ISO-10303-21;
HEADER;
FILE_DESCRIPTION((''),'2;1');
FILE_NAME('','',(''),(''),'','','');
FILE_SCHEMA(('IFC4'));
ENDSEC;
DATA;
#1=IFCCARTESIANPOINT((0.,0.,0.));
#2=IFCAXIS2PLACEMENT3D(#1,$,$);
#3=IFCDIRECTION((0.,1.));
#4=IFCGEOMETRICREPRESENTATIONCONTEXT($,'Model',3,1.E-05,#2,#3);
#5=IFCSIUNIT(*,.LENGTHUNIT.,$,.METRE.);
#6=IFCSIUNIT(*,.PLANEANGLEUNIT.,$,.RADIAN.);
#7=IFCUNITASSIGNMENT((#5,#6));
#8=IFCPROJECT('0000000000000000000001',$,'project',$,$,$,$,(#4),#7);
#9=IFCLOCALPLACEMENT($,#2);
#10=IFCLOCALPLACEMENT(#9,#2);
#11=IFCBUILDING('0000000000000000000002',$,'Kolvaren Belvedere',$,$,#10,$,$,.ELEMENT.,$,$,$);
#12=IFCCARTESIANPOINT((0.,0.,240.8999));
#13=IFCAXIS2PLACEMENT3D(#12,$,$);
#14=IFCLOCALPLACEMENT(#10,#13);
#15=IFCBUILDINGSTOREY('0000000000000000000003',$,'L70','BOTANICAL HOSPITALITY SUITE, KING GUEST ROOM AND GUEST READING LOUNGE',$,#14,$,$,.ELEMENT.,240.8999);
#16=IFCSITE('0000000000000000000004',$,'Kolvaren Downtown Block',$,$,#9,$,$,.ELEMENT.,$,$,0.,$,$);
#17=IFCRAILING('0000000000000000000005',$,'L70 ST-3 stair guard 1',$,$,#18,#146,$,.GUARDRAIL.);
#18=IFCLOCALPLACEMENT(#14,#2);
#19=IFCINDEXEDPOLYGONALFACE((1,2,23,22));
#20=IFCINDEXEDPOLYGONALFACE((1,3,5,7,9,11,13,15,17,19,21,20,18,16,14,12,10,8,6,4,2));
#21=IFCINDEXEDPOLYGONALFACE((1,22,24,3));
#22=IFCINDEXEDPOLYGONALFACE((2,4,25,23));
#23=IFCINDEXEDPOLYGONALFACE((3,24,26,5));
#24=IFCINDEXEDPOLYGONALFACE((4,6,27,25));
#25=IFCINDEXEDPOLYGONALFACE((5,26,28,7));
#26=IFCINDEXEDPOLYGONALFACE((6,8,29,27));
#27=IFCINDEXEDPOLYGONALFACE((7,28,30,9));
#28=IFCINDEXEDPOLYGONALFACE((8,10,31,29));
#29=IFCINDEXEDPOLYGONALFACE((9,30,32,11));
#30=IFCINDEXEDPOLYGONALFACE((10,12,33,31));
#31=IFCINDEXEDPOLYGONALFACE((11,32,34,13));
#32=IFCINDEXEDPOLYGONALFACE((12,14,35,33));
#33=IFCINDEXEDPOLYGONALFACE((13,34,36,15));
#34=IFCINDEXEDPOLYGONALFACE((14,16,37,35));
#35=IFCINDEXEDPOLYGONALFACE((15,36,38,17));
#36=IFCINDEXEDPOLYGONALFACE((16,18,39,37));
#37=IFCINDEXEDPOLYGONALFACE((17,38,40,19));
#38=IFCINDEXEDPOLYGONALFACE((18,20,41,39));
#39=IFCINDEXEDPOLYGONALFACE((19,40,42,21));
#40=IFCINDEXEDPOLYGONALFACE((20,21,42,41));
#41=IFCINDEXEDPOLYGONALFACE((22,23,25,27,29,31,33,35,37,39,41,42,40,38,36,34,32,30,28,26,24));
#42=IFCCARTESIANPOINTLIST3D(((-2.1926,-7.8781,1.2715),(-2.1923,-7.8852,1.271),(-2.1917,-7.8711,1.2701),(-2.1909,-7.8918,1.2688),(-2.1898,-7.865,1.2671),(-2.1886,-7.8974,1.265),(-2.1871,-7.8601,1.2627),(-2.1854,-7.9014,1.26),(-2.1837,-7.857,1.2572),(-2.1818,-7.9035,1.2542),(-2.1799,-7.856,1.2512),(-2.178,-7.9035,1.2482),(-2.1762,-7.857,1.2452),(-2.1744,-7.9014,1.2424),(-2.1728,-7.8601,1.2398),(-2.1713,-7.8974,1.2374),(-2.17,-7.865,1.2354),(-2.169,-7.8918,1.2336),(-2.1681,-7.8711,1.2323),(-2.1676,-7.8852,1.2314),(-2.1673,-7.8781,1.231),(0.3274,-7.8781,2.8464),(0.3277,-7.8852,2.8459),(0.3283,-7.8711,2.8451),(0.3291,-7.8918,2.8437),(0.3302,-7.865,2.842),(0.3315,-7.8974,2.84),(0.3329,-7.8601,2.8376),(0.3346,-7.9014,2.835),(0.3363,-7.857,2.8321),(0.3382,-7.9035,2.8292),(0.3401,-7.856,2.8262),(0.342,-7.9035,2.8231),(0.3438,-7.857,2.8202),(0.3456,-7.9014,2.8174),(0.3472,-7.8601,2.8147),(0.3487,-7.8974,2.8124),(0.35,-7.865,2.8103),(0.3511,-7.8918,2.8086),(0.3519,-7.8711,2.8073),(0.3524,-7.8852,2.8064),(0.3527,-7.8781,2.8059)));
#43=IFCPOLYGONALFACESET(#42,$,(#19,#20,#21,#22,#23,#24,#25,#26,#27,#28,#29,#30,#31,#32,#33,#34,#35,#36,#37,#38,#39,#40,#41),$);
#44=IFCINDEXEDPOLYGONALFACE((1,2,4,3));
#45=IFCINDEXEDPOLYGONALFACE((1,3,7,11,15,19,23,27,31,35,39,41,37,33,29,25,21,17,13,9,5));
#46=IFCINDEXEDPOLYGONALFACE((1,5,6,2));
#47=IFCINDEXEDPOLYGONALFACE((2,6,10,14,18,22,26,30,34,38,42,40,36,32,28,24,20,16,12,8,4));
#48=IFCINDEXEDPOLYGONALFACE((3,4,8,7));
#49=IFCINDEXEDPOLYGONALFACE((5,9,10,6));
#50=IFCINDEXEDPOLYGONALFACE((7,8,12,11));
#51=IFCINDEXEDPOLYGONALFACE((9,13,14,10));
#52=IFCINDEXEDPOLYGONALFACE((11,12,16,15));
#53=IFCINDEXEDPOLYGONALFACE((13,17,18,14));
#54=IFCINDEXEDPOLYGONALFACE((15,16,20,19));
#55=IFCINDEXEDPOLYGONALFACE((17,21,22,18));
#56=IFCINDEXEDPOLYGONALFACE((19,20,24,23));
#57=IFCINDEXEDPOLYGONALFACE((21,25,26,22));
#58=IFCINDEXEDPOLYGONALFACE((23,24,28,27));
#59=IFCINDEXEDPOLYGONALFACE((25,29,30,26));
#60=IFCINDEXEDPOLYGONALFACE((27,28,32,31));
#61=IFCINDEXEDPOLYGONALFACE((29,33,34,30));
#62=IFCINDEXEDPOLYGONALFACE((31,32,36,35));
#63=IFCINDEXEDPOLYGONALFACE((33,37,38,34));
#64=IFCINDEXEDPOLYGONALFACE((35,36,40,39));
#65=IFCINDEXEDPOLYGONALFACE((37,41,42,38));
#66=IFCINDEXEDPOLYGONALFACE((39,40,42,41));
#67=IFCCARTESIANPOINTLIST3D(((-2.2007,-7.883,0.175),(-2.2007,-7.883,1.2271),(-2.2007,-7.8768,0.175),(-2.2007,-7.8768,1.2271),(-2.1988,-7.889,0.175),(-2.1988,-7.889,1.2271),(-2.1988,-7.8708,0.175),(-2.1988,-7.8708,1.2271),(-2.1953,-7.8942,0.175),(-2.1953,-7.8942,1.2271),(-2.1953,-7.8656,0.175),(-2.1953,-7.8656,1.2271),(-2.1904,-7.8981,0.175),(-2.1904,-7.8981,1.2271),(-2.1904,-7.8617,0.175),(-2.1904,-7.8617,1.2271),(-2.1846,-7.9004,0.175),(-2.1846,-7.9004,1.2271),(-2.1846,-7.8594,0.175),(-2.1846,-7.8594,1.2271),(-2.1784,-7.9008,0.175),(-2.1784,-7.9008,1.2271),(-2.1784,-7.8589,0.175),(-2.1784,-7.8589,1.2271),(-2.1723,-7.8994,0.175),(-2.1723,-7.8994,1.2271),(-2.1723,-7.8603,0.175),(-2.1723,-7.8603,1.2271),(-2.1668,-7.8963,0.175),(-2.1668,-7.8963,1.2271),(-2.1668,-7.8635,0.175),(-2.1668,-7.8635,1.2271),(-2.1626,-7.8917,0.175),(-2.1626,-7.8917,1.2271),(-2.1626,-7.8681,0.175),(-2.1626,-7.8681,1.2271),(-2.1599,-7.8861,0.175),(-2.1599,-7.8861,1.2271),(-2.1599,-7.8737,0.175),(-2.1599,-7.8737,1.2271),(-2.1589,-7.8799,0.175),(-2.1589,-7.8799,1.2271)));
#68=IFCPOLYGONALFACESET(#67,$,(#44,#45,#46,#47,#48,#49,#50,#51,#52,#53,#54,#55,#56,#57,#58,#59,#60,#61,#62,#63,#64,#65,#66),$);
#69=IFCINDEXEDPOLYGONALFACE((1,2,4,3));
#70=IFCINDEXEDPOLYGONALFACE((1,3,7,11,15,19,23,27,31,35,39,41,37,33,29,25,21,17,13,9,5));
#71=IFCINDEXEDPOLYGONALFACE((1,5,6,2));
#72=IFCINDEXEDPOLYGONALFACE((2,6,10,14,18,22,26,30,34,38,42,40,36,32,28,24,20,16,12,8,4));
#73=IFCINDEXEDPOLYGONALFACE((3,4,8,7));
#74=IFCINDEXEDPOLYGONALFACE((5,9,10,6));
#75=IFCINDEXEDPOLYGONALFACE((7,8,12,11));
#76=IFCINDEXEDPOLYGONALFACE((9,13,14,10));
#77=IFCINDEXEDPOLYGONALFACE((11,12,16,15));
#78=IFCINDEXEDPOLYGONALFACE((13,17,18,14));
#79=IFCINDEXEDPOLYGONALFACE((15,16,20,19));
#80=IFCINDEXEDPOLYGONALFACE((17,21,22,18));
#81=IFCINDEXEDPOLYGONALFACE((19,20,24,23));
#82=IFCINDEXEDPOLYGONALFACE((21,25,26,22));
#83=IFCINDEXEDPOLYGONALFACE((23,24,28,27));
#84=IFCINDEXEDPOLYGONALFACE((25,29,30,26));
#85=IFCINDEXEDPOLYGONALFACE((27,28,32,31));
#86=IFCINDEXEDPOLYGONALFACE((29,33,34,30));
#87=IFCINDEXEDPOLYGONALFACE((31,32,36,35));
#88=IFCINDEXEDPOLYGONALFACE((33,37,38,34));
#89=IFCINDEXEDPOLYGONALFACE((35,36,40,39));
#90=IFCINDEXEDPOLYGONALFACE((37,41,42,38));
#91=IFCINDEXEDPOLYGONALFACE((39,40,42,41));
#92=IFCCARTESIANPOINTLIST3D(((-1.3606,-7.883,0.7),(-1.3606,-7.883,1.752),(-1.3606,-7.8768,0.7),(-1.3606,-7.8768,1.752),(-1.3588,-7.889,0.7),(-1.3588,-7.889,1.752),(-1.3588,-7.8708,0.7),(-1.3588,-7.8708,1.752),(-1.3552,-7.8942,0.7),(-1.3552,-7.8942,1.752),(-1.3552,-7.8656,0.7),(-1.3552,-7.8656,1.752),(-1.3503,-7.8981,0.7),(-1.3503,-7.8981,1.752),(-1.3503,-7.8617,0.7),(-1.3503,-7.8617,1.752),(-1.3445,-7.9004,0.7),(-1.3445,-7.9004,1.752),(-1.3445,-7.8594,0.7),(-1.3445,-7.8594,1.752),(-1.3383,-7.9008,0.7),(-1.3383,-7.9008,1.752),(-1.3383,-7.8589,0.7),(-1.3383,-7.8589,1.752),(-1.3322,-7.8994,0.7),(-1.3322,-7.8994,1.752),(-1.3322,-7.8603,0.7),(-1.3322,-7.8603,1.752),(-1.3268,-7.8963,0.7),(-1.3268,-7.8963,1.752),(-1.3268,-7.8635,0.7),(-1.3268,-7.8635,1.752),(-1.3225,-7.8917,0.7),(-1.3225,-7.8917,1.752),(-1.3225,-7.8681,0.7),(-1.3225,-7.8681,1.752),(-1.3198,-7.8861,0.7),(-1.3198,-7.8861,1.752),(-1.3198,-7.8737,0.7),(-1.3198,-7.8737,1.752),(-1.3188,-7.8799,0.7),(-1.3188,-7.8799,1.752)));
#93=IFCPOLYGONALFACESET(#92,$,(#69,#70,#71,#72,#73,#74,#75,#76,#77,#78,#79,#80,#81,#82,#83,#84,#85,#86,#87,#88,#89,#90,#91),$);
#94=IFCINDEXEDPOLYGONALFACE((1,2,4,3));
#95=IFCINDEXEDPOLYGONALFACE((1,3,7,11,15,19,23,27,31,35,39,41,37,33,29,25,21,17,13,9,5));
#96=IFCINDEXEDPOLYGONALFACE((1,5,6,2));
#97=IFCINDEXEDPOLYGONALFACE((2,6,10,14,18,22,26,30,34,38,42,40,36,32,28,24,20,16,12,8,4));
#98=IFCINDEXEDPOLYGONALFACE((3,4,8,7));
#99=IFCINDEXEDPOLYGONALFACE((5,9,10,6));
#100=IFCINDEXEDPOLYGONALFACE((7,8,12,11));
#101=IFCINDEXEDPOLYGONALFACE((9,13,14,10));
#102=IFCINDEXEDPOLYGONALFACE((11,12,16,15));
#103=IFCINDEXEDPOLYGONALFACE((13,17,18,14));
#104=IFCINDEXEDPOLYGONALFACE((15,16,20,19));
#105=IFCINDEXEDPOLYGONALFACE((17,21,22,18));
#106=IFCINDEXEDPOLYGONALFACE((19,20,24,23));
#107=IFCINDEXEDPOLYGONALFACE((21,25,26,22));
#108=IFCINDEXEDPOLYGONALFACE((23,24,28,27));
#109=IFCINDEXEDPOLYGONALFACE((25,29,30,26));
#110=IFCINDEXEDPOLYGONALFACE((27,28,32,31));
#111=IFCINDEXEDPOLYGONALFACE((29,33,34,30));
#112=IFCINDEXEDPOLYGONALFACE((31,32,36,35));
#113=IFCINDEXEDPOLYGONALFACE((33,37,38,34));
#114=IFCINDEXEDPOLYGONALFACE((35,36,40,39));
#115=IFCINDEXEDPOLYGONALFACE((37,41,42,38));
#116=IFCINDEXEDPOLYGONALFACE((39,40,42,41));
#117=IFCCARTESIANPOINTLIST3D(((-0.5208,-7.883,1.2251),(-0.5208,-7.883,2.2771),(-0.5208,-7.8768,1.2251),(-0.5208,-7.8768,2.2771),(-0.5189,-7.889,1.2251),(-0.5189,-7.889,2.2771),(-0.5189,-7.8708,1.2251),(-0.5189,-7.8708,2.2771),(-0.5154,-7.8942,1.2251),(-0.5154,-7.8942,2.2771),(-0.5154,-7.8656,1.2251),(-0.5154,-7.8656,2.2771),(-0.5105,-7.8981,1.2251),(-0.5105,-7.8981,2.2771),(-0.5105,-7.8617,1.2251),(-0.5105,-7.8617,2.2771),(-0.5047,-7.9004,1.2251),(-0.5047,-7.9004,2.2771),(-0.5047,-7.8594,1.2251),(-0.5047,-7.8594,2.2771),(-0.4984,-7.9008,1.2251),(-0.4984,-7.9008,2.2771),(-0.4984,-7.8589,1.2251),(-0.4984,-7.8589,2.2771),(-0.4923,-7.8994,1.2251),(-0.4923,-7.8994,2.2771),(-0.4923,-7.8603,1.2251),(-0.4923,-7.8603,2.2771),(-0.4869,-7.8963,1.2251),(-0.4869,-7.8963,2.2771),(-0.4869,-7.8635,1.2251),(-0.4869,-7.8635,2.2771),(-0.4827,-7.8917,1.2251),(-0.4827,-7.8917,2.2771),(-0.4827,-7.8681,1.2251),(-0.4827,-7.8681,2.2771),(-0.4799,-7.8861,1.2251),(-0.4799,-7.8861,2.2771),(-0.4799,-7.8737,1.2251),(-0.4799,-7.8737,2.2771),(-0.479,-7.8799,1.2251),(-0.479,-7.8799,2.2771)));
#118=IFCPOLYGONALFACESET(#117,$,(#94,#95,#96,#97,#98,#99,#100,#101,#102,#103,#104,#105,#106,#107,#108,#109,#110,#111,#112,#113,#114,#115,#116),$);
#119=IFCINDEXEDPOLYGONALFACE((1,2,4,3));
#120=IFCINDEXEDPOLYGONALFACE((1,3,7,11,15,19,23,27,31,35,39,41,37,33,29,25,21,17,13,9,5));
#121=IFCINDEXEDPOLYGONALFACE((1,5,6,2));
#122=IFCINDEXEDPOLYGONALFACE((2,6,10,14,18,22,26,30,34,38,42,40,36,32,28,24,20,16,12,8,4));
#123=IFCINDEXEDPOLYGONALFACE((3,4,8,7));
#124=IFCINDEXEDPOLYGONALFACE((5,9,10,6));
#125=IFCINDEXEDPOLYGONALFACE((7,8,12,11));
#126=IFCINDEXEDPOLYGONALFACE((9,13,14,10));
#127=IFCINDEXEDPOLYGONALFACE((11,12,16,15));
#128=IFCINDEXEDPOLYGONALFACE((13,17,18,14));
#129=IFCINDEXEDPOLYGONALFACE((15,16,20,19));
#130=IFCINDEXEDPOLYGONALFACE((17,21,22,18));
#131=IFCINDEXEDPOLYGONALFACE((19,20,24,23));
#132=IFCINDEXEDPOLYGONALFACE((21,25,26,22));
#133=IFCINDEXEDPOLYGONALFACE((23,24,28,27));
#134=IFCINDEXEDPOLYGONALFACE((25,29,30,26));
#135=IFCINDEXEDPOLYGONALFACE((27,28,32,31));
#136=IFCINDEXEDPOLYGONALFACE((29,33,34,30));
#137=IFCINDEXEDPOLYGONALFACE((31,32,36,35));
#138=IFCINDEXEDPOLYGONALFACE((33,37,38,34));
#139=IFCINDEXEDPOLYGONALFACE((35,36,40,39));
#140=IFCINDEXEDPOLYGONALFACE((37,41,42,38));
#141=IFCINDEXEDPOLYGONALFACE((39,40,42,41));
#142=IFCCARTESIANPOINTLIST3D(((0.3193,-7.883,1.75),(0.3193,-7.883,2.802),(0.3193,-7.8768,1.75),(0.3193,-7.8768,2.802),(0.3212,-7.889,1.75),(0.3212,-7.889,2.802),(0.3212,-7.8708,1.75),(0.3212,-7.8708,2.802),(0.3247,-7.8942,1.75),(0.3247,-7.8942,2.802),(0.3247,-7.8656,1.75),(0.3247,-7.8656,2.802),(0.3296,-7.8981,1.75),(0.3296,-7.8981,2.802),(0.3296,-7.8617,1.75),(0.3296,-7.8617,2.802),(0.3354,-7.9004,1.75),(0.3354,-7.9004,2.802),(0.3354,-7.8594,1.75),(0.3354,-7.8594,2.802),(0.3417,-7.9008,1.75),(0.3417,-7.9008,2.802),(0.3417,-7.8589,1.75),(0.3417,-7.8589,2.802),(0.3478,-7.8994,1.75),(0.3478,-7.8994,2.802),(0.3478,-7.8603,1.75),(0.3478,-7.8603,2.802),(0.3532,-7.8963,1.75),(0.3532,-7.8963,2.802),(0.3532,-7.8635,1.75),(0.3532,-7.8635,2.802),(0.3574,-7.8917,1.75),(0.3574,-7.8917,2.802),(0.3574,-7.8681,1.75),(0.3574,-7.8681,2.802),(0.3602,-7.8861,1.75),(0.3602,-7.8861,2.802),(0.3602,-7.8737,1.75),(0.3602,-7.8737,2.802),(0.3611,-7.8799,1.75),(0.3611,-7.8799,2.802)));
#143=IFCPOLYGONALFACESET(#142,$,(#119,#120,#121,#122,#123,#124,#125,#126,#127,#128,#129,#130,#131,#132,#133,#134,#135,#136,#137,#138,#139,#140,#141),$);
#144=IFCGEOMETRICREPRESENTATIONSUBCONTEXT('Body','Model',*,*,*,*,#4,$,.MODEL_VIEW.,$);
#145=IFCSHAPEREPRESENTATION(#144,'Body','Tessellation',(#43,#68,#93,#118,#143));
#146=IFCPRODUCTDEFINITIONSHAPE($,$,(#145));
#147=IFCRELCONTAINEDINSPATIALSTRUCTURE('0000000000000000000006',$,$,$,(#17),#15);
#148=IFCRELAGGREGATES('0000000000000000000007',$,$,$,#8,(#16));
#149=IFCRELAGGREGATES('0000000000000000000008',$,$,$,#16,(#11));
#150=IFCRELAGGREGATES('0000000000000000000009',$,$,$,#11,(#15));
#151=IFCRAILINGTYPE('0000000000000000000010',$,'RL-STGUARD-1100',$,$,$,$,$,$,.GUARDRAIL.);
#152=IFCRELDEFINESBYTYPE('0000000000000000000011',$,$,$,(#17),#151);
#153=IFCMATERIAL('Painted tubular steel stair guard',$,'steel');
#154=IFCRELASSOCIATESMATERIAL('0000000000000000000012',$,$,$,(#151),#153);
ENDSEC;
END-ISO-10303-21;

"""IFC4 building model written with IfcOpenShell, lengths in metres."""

from ifc_helpers import new_model, si_unit, direction, frame, origin, origin_2d, place, context, subcontext, project, spatial, circle, extrude, material, type_object, element, save


model = new_model("IFC4")

# Units and contexts
model_context = context("Model", 3, precision=1e-05, world=origin(), true_north=direction((0.0, 1.0)))
body_context = subcontext(model_context, "Body", "Model", "MODEL_VIEW")
ifc_project = project(units=[si_unit("LENGTHUNIT", "METRE"), si_unit("PLANEANGLEUNIT", "RADIAN")], contexts=[model_context])

# Site, building, storey
site_placement = place(None, origin())
site = spatial("IfcSite", under=ifc_project, at=site_placement, Name="Kolvaren Downtown Block", CompositionType="ELEMENT", RefElevation=0.0)
building_placement = place(site_placement, origin())
building = spatial("IfcBuilding", under=site, at=building_placement, Name="Kolvaren Belvedere", CompositionType="ELEMENT")
storey_placement = place(building_placement, frame((0.0, 0.0, 240.8999)))
storey = spatial("IfcBuildingStorey", under=building, at=storey_placement, Name="L70", Description="BOTANICAL HOSPITALITY SUITE, KING GUEST ROOM AND GUEST READING LOUNGE", CompositionType="ELEMENT", Elevation=240.8999)

# Railing
ifc_material_1 = material(Name="Painted tubular steel stair guard", Category="steel")
railing_type_1 = type_object("IfcRailingType", Name="RL-STGUARD-1100", PredefinedType="GUARDRAIL", material=ifc_material_1)
railing_1_placement = place(storey_placement, frame((-2.1799, -7.8799, 0.175)))
element("IfcRailing", 1, at=railing_1_placement, inside=storey, type_object=railing_type_1, Name="L70 ST-3 stair guard 1", PredefinedType="GUARDRAIL", context=body_context, shape_type="SweptSolid", body=[
    extrude(circle(Radius=0.0239, at=origin_2d()), frame((0.0, 0.0, 1.0762), z_axis=(0.848008, 0.0, 0.529984), x_axis=(0.0, 1.0, 0.0)), (0.0, 0.0, 1.0), 2.9717),
    extrude(circle(Radius=0.021, at=origin_2d()), origin(), (0.0, 0.0, 1.0), 1.052),
    extrude(circle(Radius=0.021, at=origin_2d()), frame((0.8401, 0.0, 0.5249)), (0.0, 0.0, 1.0), 1.052),
    extrude(circle(Radius=0.021, at=origin_2d()), frame((1.6799, 0.0, 1.05)), (0.0, 0.0, 1.0), 1.052),
    extrude(circle(Radius=0.021, at=origin_2d()), frame((2.52, 0.0, 1.575)), (0.0, 0.0, 1.0), 1.052),
])

save(model, "model.ifc")
